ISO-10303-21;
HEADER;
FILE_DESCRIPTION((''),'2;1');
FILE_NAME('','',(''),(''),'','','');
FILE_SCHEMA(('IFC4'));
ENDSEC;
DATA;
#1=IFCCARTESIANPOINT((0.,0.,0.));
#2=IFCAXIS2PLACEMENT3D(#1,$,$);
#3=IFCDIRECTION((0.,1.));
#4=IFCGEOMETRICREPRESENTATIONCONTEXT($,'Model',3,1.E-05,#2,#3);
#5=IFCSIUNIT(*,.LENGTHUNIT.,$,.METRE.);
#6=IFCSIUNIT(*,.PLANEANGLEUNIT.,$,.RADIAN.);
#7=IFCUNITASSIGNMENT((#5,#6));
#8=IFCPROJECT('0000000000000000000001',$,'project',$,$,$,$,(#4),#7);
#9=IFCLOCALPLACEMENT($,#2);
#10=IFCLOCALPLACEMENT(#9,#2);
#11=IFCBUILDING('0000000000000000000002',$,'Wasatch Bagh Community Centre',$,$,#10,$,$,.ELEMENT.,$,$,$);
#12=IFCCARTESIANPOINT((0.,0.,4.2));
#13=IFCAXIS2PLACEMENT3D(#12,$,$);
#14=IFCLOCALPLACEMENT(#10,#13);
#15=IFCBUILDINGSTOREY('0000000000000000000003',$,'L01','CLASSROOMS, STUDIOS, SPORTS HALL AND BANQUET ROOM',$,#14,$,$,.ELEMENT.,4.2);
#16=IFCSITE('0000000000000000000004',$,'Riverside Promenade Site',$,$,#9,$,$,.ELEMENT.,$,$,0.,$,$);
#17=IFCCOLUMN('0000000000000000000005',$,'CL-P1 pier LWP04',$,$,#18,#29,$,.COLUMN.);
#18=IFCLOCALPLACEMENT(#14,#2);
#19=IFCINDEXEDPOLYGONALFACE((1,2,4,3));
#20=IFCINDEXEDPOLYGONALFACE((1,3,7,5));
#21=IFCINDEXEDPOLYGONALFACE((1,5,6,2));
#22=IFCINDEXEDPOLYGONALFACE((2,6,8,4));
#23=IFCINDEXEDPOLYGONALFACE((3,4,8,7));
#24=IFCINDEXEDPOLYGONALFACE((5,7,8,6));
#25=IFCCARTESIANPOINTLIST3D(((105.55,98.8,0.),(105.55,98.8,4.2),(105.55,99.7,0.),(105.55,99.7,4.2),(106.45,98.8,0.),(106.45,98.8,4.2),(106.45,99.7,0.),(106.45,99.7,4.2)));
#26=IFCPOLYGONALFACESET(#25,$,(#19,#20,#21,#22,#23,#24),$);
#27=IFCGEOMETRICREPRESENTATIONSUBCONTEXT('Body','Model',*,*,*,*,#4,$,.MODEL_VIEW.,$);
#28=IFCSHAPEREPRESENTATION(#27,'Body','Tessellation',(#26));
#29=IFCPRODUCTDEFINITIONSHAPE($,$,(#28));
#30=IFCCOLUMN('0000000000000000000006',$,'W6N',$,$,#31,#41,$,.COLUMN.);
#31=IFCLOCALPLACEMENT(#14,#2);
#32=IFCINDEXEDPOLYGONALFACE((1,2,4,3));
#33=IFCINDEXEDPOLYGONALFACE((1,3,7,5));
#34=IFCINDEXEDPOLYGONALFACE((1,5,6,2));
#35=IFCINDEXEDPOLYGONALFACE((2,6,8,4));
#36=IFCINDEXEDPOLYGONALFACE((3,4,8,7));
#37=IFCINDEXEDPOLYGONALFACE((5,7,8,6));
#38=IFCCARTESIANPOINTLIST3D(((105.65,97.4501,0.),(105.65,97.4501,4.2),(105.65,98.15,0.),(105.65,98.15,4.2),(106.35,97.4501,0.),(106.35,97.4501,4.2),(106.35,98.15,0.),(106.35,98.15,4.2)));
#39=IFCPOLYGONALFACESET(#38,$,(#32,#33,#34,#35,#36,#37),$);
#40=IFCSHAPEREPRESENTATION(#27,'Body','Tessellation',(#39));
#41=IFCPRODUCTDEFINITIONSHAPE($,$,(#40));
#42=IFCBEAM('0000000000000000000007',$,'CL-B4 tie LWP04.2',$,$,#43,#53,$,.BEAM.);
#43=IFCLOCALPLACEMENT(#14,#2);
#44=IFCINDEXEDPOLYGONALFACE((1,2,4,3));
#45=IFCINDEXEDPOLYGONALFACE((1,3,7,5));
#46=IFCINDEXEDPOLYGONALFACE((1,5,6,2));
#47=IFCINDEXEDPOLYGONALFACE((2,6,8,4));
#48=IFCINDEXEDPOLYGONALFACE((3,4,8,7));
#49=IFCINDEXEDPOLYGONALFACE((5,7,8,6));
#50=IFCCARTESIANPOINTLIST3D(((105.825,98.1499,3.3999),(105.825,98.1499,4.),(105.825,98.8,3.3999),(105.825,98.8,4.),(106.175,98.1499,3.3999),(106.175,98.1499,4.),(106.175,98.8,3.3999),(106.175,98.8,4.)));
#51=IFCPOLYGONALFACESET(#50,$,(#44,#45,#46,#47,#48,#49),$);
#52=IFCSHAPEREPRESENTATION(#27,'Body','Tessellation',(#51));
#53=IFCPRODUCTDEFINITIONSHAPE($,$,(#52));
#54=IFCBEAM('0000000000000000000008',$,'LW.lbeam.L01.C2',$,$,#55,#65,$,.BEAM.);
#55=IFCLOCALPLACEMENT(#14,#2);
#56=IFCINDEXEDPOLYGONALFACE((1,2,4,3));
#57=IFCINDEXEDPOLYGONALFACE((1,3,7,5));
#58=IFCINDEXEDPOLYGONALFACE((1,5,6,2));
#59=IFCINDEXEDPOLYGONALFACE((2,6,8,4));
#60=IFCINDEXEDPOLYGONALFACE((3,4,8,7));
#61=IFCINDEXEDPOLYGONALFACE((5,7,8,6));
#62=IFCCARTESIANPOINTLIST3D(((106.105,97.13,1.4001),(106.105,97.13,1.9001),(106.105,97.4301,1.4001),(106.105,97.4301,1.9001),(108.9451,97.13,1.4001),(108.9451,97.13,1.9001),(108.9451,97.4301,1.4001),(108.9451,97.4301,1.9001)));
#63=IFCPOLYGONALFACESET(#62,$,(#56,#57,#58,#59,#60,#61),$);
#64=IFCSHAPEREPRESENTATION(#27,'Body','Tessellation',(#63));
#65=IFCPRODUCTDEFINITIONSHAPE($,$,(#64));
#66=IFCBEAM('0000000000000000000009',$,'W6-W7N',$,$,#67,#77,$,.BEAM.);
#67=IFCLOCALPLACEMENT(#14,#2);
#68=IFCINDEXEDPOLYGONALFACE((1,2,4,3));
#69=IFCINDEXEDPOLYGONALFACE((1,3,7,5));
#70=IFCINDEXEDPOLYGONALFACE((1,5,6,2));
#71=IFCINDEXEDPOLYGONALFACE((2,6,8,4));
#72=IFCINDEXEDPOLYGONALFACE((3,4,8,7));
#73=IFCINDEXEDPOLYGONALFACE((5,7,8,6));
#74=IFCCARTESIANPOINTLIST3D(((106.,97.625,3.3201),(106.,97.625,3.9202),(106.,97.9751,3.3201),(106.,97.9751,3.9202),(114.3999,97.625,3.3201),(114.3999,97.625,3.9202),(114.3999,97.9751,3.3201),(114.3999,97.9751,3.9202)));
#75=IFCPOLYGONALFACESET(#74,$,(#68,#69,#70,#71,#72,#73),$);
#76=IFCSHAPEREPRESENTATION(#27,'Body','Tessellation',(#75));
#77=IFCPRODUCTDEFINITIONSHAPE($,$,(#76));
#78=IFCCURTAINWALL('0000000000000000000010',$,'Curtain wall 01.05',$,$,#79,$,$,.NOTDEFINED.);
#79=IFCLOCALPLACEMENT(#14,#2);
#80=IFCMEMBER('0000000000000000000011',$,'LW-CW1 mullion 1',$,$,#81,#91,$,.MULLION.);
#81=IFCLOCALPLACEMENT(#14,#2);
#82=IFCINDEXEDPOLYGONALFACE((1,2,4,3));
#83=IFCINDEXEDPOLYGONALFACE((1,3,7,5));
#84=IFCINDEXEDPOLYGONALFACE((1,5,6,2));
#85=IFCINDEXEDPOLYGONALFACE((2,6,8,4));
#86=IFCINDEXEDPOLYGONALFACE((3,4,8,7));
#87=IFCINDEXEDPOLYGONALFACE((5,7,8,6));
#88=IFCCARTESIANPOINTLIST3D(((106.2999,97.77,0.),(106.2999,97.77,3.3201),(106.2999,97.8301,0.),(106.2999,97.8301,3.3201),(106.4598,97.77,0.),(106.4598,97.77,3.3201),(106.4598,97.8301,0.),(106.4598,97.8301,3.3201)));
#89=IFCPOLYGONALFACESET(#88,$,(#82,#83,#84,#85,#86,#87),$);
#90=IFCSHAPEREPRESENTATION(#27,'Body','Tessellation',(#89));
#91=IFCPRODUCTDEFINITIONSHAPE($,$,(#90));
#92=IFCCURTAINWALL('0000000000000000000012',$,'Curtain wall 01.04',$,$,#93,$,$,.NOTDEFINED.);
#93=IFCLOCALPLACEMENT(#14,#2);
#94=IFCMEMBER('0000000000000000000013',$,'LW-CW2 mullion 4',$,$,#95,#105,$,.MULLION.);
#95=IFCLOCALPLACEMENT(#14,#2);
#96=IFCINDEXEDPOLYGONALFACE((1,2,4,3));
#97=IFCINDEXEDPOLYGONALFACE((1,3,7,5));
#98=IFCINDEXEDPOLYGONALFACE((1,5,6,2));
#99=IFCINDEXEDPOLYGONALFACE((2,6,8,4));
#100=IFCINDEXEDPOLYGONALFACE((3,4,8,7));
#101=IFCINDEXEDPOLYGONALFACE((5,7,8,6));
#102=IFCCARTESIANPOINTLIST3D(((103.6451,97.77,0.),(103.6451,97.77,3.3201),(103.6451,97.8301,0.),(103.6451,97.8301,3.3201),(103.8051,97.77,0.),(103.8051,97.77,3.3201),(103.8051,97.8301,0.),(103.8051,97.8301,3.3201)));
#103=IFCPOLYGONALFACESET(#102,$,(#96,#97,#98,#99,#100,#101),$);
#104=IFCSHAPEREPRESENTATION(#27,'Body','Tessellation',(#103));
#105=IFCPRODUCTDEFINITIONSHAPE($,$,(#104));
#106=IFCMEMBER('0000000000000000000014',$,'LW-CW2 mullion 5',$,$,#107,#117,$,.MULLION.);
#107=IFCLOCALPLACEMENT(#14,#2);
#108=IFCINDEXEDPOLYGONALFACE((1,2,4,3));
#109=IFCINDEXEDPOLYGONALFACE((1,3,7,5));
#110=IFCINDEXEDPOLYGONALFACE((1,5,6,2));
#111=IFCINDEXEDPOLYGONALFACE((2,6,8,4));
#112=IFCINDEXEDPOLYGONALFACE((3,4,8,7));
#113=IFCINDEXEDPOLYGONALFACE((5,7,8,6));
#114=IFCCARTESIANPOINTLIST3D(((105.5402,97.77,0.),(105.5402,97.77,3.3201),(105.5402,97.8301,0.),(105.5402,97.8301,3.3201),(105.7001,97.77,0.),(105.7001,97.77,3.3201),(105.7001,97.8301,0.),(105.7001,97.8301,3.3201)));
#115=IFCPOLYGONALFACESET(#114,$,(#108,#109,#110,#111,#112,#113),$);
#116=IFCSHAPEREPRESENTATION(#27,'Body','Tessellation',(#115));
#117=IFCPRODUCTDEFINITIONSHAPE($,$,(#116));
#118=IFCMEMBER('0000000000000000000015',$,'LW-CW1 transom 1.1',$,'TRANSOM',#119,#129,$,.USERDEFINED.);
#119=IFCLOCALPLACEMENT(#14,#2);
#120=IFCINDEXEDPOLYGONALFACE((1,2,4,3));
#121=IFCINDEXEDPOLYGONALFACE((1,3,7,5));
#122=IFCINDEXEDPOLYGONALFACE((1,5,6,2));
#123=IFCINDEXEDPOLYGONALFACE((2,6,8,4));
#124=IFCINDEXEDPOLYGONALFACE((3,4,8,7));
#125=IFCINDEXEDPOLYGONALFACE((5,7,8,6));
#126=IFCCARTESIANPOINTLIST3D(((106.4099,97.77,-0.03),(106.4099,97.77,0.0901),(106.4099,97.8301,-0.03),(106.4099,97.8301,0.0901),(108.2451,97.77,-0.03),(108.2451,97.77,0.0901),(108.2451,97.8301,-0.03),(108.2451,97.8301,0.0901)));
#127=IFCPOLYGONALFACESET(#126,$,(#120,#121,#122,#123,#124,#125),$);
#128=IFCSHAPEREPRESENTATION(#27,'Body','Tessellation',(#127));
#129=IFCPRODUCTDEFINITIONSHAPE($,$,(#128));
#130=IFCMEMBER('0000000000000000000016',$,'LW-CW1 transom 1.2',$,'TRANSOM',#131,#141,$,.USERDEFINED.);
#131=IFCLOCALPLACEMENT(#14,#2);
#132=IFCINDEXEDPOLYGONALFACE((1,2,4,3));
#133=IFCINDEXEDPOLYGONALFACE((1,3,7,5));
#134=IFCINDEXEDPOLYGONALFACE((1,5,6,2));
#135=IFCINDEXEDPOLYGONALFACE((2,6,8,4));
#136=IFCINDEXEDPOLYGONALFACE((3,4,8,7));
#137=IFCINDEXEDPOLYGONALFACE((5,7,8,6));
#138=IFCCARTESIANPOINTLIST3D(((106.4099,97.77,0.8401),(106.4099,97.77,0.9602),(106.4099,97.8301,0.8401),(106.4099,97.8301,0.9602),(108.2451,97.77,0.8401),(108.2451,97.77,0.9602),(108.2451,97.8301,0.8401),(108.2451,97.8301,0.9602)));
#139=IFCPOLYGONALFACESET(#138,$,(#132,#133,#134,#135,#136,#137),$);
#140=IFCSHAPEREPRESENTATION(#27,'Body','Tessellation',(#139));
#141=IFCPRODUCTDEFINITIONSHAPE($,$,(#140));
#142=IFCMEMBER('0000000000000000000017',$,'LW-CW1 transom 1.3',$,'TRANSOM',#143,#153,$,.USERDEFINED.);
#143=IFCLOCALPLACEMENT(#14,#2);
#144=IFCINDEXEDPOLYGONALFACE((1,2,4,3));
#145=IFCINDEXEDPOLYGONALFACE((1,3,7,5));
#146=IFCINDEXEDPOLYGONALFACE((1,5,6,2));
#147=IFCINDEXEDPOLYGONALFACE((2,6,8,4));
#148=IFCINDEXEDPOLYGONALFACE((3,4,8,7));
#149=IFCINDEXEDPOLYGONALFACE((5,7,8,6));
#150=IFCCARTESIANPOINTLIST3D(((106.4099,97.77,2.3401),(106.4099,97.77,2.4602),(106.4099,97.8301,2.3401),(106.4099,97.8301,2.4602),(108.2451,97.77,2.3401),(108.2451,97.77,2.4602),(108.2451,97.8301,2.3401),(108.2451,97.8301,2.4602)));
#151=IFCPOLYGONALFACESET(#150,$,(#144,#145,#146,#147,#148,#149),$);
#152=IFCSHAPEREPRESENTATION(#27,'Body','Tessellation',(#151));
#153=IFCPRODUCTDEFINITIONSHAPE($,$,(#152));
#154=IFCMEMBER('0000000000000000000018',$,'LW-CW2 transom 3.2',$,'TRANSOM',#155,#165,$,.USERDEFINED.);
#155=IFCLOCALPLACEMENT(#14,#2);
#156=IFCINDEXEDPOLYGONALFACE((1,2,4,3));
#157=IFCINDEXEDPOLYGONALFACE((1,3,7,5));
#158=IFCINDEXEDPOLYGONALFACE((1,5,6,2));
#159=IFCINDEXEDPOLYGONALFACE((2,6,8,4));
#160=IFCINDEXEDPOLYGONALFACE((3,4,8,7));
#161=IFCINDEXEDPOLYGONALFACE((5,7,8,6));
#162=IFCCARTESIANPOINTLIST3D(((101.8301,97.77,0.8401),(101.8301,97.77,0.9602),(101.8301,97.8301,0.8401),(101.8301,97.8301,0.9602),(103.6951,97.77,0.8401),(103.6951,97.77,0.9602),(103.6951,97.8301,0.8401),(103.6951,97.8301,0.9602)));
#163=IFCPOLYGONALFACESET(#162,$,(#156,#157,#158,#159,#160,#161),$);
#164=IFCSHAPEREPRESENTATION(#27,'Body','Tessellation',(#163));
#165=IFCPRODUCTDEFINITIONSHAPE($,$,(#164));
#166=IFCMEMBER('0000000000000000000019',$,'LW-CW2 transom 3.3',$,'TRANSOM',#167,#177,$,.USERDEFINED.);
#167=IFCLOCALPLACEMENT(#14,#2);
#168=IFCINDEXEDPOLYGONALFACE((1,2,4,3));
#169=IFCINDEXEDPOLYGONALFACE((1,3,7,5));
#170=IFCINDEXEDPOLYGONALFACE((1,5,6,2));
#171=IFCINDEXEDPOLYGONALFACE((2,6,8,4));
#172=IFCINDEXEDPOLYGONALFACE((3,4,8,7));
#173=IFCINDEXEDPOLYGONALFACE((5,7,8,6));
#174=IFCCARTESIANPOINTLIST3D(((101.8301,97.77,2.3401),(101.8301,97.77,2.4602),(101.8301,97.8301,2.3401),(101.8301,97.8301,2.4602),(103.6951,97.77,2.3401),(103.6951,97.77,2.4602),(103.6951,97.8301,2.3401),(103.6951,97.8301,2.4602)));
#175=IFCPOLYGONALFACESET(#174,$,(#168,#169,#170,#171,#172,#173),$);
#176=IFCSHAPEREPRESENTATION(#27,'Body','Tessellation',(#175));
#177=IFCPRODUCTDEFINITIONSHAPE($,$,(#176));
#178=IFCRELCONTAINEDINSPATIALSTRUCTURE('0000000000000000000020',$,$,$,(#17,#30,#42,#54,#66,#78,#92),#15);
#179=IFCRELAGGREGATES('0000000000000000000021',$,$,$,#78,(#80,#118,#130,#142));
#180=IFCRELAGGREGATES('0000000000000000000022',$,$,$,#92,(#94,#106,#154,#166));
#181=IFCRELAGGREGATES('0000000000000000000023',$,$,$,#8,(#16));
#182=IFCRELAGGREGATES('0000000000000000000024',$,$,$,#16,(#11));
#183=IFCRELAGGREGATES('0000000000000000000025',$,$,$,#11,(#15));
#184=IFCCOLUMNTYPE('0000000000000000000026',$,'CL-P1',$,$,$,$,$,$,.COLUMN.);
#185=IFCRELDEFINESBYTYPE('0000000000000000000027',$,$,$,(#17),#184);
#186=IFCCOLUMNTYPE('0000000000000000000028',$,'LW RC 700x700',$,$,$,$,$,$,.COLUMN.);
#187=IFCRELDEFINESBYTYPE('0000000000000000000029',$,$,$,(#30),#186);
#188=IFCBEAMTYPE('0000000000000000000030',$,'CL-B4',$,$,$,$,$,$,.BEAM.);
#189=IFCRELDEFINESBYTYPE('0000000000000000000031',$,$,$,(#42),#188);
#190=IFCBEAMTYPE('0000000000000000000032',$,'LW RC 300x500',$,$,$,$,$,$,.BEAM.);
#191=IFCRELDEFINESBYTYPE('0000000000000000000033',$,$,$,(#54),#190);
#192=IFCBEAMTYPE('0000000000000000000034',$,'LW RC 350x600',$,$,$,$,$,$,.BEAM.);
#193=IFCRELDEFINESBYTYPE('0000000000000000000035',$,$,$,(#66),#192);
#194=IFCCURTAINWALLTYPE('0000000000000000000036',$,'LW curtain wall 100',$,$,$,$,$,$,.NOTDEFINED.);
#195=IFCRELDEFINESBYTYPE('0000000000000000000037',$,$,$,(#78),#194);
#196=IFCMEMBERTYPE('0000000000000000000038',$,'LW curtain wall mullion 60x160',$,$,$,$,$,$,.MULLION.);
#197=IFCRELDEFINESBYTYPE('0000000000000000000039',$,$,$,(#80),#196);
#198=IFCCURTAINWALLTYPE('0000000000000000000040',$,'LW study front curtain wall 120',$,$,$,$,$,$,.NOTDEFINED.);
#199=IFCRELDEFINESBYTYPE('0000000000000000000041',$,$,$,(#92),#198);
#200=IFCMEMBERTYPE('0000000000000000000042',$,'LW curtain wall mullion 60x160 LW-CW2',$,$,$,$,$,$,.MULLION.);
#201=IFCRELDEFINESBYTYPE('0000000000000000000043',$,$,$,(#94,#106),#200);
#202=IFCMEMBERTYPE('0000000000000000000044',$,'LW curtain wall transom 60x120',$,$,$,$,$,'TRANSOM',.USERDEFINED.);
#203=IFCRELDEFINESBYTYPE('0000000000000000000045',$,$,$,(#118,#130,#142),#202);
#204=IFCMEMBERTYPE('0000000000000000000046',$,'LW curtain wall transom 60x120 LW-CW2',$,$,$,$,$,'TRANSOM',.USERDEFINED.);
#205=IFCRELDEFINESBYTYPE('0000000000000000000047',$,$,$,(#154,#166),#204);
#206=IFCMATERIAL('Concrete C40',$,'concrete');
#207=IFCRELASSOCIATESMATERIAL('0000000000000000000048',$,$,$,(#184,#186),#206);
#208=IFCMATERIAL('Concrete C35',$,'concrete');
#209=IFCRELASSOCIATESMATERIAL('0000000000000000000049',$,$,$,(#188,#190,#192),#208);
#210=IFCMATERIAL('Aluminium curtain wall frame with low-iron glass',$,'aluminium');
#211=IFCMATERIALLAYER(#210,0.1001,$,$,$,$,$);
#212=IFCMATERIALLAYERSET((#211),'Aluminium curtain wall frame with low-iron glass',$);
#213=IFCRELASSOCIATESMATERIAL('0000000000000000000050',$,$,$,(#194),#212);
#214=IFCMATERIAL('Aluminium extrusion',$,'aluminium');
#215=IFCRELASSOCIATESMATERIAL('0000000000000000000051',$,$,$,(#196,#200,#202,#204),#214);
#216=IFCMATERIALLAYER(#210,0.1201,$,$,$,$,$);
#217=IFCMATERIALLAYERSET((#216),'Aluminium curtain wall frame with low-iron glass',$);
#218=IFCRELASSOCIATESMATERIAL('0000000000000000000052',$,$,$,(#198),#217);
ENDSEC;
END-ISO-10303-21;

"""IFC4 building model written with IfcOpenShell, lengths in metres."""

from ifc_helpers import new_model, si_unit, direction, frame, origin, origin_2d, place, context, subcontext, project, spatial, rectangle, extrude, material, layer, layer_set, material_profile, profile_set, type_object, element, aggregate, save


model = new_model("IFC4")

# Units and contexts
model_context = context("Model", 3, precision=1e-05, world=origin(), true_north=direction((0.0, 1.0)))
body_context = subcontext(model_context, "Body", "Model", "MODEL_VIEW")
ifc_project = project(units=[si_unit("LENGTHUNIT", "METRE"), si_unit("PLANEANGLEUNIT", "RADIAN")], contexts=[model_context])

# Site, building, storey
site_placement = place(None, origin())
site = spatial("IfcSite", under=ifc_project, at=site_placement, Name="Riverside Promenade Site", CompositionType="ELEMENT", RefElevation=0.0)
building_placement = place(site_placement, origin())
building = spatial("IfcBuilding", under=site, at=building_placement, Name="Wasatch Bagh Community Centre", CompositionType="ELEMENT")
storey_placement = place(building_placement, frame((0.0, 0.0, 4.2)))
storey = spatial("IfcBuildingStorey", under=building, at=storey_placement, Name="L01", Description="CLASSROOMS, STUDIOS, SPORTS HALL AND BANQUET ROOM", CompositionType="ELEMENT", Elevation=4.2)

# Columns
ifc_material_1 = material(Name="Concrete C40", Category="concrete")
ifc_material_profile_1 = material_profile(ifc_material_1, rectangle(XDim=0.8999, YDim=0.8999, at=origin_2d()), Name="RC 900x900")
ifc_profile_set_1 = profile_set([ifc_material_profile_1], Name="Concrete C40")
column_type_1 = type_object("IfcColumnType", Name="CL-P1", PredefinedType="COLUMN", material=ifc_profile_set_1)
column_1_placement = place(storey_placement, frame((106.0, 99.25, 0.0), z_axis=(0.0, 0.0, 1.0), x_axis=(1.0, 0.0, 0.0)))
element("IfcColumn", 1, at=column_1_placement, inside=storey, type_object=column_type_1, Name="CL-P1 pier LWP04", PredefinedType="COLUMN", context=body_context, shape_type="SweptSolid", body=[
    extrude(rectangle(XDim=0.8999, YDim=0.8999, at=origin_2d()), origin(), (0.0, 0.0, 1.0), 4.2),
])
ifc_material_profile_2 = material_profile(ifc_material_1, rectangle(XDim=0.7, YDim=0.7, at=origin_2d()), Name="RC 700x700")
ifc_profile_set_2 = profile_set([ifc_material_profile_2], Name="Concrete C40")
column_type_2 = type_object("IfcColumnType", Name="LW RC 700x700", PredefinedType="COLUMN", material=ifc_profile_set_2)
column_2_placement = place(storey_placement, frame((106.0, 97.8, 0.0), z_axis=(0.0, 0.0, 1.0), x_axis=(1.0, 0.0, 0.0)))
element("IfcColumn", 2, at=column_2_placement, inside=storey, type_object=column_type_2, Name="W6N", PredefinedType="COLUMN", context=body_context, shape_type="SweptSolid", body=[
    extrude(rectangle(XDim=0.7, YDim=0.7, at=origin_2d()), origin(), (0.0, 0.0, 1.0), 4.2),
])

# Beams
ifc_material_2 = material(Name="Concrete C35", Category="concrete")
ifc_material_profile_3 = material_profile(ifc_material_2, rectangle(XDim=0.3501, YDim=0.6001, at=origin_2d()), Name="RC 350x600")
ifc_profile_set_3 = profile_set([ifc_material_profile_3], Name="Concrete C35")
beam_type_1 = type_object("IfcBeamType", Name="CL-B4", PredefinedType="BEAM", material=ifc_profile_set_3)
beam_1_placement = place(storey_placement, frame((106.0, 98.1499, 3.7), z_axis=(0.0, 1.0, 0.0), x_axis=(-1.0, 0.0, 0.0)))
element("IfcBeam", 3, at=beam_1_placement, inside=storey, type_object=beam_type_1, Name="CL-B4 tie LWP04.2", PredefinedType="BEAM", context=body_context, shape_type="SweptSolid", body=[
    extrude(rectangle(XDim=0.3501, YDim=0.6001, at=origin_2d()), origin(), (0.0, 0.0, 1.0), 0.6501),
])
ifc_material_profile_4 = material_profile(ifc_material_2, rectangle(XDim=0.3, YDim=0.5, at=origin_2d()), Name="RC 300x500")
ifc_profile_set_4 = profile_set([ifc_material_profile_4], Name="Concrete C35")
beam_type_2 = type_object("IfcBeamType", Name="LW RC 300x500", PredefinedType="BEAM", material=ifc_profile_set_4)
beam_2_placement = place(storey_placement, frame((106.105, 97.28, 1.6501), z_axis=(1.0, 0.0, 0.0), x_axis=(0.0, 1.0, 0.0)))
element("IfcBeam", 4, at=beam_2_placement, inside=storey, type_object=beam_type_2, Name="LW.lbeam.L01.C2", PredefinedType="BEAM", context=body_context, shape_type="SweptSolid", body=[
    extrude(rectangle(XDim=0.3, YDim=0.5, at=origin_2d()), origin(), (0.0, 0.0, 1.0), 2.8401),
])
ifc_material_profile_5 = material_profile(ifc_material_2, rectangle(XDim=0.3501, YDim=0.6001, at=origin_2d()), Name="RC 350x600")
ifc_profile_set_5 = profile_set([ifc_material_profile_5], Name="Concrete C35")
beam_type_3 = type_object("IfcBeamType", Name="LW RC 350x600", PredefinedType="BEAM", material=ifc_profile_set_5)
beam_3_placement = place(storey_placement, frame((106.0, 97.8, 3.6201), z_axis=(1.0, 0.0, 0.0), x_axis=(0.0, 1.0, 0.0)))
element("IfcBeam", 5, at=beam_3_placement, inside=storey, type_object=beam_type_3, Name="W6-W7N", PredefinedType="BEAM", context=body_context, shape_type="SweptSolid", body=[
    extrude(rectangle(XDim=0.3501, YDim=0.6001, at=origin_2d()), origin(), (0.0, 0.0, 1.0), 8.3999),
])

# Curtain wall, member
ifc_material_3 = material(Name="Aluminium curtain wall frame with low-iron glass", Category="aluminium")
ifc_layer_1 = layer(ifc_material_3, 0.1001)
ifc_layer_set_1 = layer_set([ifc_layer_1], Name="Aluminium curtain wall frame with low-iron glass")
curtain_wall_type_1 = type_object("IfcCurtainWallType", Name="LW curtain wall 100", PredefinedType="NOTDEFINED", material=ifc_layer_set_1)
curtain_wall_1_placement = place(storey_placement, origin())
curtain_wall_1 = element("IfcCurtainWall", 6, at=curtain_wall_1_placement, inside=storey, type_object=curtain_wall_type_1, Name="Curtain wall 01.05", PredefinedType="NOTDEFINED")
ifc_material_4 = material(Name="Aluminium extrusion", Category="aluminium")
ifc_material_profile_6 = material_profile(ifc_material_4, rectangle(XDim=0.0601, YDim=0.1599, at=origin_2d()), Name="AL 60x160")
ifc_profile_set_6 = profile_set([ifc_material_profile_6], Name="Aluminium extrusion")
member_type_1 = type_object("IfcMemberType", Name="LW curtain wall mullion 60x160", PredefinedType="MULLION", material=ifc_profile_set_6)
member_1_placement = place(storey_placement, frame((106.3799, 97.8, 0.0), z_axis=(0.0, 0.0, 1.0), x_axis=(0.0, 1.0, 0.0)))
member_1 = element("IfcMember", 7, at=member_1_placement, type_object=member_type_1, Name="LW-CW1 mullion 1", PredefinedType="MULLION", context=body_context, shape_type="SweptSolid", body=[
    extrude(rectangle(XDim=0.0601, YDim=0.1599, at=origin_2d()), origin(), (0.0, 0.0, 1.0), 3.3201),
])

# Curtain wall, members
ifc_layer_2 = layer(ifc_material_3, 0.1201)
ifc_layer_set_2 = layer_set([ifc_layer_2], Name="Aluminium curtain wall frame with low-iron glass")
curtain_wall_type_2 = type_object("IfcCurtainWallType", Name="LW study front curtain wall 120", PredefinedType="NOTDEFINED", material=ifc_layer_set_2)
curtain_wall_2_placement = place(storey_placement, origin())
curtain_wall_2 = element("IfcCurtainWall", 8, at=curtain_wall_2_placement, inside=storey, type_object=curtain_wall_type_2, Name="Curtain wall 01.04", PredefinedType="NOTDEFINED")
ifc_material_profile_7 = material_profile(ifc_material_4, rectangle(XDim=0.0601, YDim=0.1599, at=origin_2d()), Name="AL 60x160")
ifc_profile_set_7 = profile_set([ifc_material_profile_7], Name="Aluminium extrusion")
member_type_2 = type_object("IfcMemberType", Name="LW curtain wall mullion 60x160 LW-CW2", PredefinedType="MULLION", material=ifc_profile_set_7)
member_2_placement = place(storey_placement, frame((103.7251, 97.8, 0.0), z_axis=(0.0, 0.0, 1.0), x_axis=(0.0, 1.0, 0.0)))
member_2 = element("IfcMember", 9, at=member_2_placement, type_object=member_type_2, Name="LW-CW2 mullion 4", PredefinedType="MULLION", context=body_context, shape_type="SweptSolid", body=[
    extrude(rectangle(XDim=0.0601, YDim=0.1599, at=origin_2d()), origin(), (0.0, 0.0, 1.0), 3.3201),
])
member_3_placement = place(storey_placement, frame((105.6201, 97.8, 0.0), z_axis=(0.0, 0.0, 1.0), x_axis=(0.0, 1.0, 0.0)))
member_3 = element("IfcMember", 10, at=member_3_placement, type_object=member_type_2, Name="LW-CW2 mullion 5", PredefinedType="MULLION", context=body_context, shape_type="SweptSolid", body=[
    extrude(rectangle(XDim=0.0601, YDim=0.1599, at=origin_2d()), origin(), (0.0, 0.0, 1.0), 3.3201),
])

# Members
ifc_material_profile_8 = material_profile(ifc_material_4, rectangle(XDim=0.0601, YDim=0.1201, at=origin_2d()), Name="AL 60x120")
ifc_profile_set_8 = profile_set([ifc_material_profile_8], Name="Aluminium extrusion")
member_type_3 = type_object("IfcMemberType", Name="LW curtain wall transom 60x120", ElementType="TRANSOM", PredefinedType="USERDEFINED", material=ifc_profile_set_8)
member_4_placement = place(storey_placement, frame((106.4099, 97.8, 0.03), z_axis=(1.0, 0.0, 0.0), x_axis=(0.0, 1.0, 0.0)))
member_4 = element("IfcMember", 11, at=member_4_placement, type_object=member_type_3, Name="LW-CW1 transom 1.1", ObjectType="TRANSOM", PredefinedType="USERDEFINED", context=body_context, shape_type="SweptSolid", body=[
    extrude(rectangle(XDim=0.0601, YDim=0.1201, at=origin_2d()), origin(), (0.0, 0.0, 1.0), 1.8352),
])
member_5_placement = place(storey_placement, frame((106.4099, 97.8, 0.9001), z_axis=(1.0, 0.0, 0.0), x_axis=(0.0, 1.0, 0.0)))
member_5 = element("IfcMember", 12, at=member_5_placement, type_object=member_type_3, Name="LW-CW1 transom 1.2", ObjectType="TRANSOM", PredefinedType="USERDEFINED", context=body_context, shape_type="SweptSolid", body=[
    extrude(rectangle(XDim=0.0601, YDim=0.1201, at=origin_2d()), origin(), (0.0, 0.0, 1.0), 1.8352),
])
member_6_placement = place(storey_placement, frame((106.4099, 97.8, 2.4001), z_axis=(1.0, 0.0, 0.0), x_axis=(0.0, 1.0, 0.0)))
member_6 = element("IfcMember", 13, at=member_6_placement, type_object=member_type_3, Name="LW-CW1 transom 1.3", ObjectType="TRANSOM", PredefinedType="USERDEFINED", context=body_context, shape_type="SweptSolid", body=[
    extrude(rectangle(XDim=0.0601, YDim=0.1201, at=origin_2d()), origin(), (0.0, 0.0, 1.0), 1.8352),
])
aggregate(curtain_wall_1, [member_1, member_4, member_5, member_6])
ifc_material_profile_9 = material_profile(ifc_material_4, rectangle(XDim=0.0601, YDim=0.1201, at=origin_2d()), Name="AL 60x120")
ifc_profile_set_9 = profile_set([ifc_material_profile_9], Name="Aluminium extrusion")
member_type_4 = type_object("IfcMemberType", Name="LW curtain wall transom 60x120 LW-CW2", ElementType="TRANSOM", PredefinedType="USERDEFINED", material=ifc_profile_set_9)
member_7_placement = place(storey_placement, frame((101.8301, 97.8, 0.9001), z_axis=(1.0, 0.0, 0.0), x_axis=(0.0, 1.0, 0.0)))
member_7 = element("IfcMember", 14, at=member_7_placement, type_object=member_type_4, Name="LW-CW2 transom 3.2", ObjectType="TRANSOM", PredefinedType="USERDEFINED", context=body_context, shape_type="SweptSolid", body=[
    extrude(rectangle(XDim=0.0601, YDim=0.1201, at=origin_2d()), origin(), (0.0, 0.0, 1.0), 1.865),
])
member_8_placement = place(storey_placement, frame((101.8301, 97.8, 2.4001), z_axis=(1.0, 0.0, 0.0), x_axis=(0.0, 1.0, 0.0)))
member_8 = element("IfcMember", 15, at=member_8_placement, type_object=member_type_4, Name="LW-CW2 transom 3.3", ObjectType="TRANSOM", PredefinedType="USERDEFINED", context=body_context, shape_type="SweptSolid", body=[
    extrude(rectangle(XDim=0.0601, YDim=0.1201, at=origin_2d()), origin(), (0.0, 0.0, 1.0), 1.865),
])

aggregate(curtain_wall_2, [member_2, member_3, member_7, member_8])

save(model, "model.ifc")
